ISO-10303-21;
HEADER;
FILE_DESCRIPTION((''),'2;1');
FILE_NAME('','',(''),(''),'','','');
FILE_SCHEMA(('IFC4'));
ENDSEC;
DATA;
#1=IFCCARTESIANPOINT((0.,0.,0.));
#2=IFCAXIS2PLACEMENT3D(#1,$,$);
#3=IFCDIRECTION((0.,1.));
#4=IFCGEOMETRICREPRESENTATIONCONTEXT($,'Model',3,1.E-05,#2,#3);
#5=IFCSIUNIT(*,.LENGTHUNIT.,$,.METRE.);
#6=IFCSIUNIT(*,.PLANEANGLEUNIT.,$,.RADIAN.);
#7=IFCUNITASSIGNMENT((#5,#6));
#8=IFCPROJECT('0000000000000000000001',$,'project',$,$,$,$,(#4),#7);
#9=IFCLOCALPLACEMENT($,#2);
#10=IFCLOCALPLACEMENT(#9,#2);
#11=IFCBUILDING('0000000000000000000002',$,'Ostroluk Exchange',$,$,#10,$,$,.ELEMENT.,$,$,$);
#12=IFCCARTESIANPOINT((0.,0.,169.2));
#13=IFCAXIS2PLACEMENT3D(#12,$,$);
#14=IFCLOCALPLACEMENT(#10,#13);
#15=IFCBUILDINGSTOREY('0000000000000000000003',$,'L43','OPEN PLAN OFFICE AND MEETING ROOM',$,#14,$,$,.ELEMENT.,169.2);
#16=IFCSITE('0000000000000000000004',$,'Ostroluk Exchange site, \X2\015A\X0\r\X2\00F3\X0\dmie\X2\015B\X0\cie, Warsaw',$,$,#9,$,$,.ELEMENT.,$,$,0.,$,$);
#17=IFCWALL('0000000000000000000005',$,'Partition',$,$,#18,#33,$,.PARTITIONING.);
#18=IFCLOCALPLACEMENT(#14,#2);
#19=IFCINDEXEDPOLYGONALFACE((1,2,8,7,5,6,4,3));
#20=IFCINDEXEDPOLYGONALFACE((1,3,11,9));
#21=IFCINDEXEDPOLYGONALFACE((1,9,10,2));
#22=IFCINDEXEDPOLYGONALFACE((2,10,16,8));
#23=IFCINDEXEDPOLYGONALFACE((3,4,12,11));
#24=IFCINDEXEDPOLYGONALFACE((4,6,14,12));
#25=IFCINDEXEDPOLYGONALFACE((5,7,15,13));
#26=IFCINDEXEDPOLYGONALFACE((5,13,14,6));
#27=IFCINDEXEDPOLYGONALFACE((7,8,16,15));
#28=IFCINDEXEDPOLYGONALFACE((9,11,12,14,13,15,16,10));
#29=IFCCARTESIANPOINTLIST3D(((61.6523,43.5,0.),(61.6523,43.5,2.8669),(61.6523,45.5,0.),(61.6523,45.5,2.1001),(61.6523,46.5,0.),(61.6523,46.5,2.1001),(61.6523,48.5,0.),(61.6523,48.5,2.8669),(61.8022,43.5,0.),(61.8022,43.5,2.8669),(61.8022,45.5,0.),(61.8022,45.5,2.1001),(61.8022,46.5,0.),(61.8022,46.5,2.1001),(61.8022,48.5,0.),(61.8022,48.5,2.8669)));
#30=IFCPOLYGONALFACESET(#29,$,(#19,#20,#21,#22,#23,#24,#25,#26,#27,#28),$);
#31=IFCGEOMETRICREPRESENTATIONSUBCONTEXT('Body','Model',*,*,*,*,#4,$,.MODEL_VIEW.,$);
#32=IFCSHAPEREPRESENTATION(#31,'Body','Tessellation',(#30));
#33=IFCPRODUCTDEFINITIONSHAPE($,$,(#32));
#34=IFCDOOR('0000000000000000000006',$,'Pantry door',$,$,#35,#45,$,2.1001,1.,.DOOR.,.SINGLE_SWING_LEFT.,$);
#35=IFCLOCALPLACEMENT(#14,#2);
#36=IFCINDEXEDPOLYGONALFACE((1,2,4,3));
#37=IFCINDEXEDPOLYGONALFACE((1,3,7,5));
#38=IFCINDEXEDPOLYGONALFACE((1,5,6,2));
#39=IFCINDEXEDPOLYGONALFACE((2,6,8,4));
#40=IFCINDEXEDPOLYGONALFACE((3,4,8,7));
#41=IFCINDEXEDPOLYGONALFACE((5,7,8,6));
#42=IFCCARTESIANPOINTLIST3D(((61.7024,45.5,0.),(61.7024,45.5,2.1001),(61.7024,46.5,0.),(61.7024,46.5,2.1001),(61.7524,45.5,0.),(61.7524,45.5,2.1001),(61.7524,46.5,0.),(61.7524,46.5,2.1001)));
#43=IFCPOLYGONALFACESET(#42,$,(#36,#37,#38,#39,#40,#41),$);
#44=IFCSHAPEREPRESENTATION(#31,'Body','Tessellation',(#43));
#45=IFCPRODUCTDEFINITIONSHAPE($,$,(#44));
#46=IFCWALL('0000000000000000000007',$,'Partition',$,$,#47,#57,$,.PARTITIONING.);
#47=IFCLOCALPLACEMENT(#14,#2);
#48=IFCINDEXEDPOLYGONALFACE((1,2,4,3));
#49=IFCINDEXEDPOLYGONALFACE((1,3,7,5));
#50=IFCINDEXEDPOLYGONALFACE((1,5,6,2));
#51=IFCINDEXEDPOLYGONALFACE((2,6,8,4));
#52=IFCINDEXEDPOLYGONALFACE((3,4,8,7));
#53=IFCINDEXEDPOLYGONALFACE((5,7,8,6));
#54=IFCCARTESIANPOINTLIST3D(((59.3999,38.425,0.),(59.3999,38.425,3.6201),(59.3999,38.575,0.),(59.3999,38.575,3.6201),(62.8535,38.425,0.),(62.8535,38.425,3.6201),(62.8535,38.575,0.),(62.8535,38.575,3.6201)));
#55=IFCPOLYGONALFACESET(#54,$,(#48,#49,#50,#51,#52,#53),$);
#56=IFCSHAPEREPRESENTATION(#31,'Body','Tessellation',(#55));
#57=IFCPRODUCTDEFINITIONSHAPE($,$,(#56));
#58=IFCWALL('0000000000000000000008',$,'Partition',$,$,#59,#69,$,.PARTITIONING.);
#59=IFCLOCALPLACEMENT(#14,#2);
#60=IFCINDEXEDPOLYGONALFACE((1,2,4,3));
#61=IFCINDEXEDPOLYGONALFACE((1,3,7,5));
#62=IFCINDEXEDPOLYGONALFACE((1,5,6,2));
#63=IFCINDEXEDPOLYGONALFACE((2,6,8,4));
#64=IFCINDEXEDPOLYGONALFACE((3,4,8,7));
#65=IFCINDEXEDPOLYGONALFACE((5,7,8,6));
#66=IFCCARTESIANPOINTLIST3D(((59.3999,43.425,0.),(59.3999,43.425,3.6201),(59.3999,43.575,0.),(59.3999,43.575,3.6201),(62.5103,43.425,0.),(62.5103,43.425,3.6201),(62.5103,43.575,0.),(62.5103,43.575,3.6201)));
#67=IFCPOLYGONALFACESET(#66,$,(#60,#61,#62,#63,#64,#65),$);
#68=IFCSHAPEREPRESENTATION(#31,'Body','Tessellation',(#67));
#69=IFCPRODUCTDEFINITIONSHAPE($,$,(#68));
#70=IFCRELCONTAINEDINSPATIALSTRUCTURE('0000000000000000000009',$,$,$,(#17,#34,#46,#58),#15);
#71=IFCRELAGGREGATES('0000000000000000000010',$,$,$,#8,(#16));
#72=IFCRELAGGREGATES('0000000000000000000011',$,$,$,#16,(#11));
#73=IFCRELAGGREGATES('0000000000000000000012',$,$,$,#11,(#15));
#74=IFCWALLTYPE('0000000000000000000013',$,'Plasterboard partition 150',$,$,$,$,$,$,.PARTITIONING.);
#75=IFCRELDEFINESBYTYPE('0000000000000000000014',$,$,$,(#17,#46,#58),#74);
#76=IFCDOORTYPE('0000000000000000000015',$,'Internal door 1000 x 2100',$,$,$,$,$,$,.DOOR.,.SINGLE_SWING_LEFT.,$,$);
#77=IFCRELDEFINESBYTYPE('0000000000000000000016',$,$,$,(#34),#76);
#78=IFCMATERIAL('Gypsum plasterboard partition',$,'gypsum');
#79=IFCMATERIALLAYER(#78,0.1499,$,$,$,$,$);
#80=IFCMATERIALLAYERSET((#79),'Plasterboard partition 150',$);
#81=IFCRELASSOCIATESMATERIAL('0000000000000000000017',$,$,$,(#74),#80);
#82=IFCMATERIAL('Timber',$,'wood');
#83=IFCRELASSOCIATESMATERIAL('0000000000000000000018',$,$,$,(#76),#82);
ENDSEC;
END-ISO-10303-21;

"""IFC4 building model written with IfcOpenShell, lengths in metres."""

from ifc_helpers import new_model, si_unit, direction, frame, frame_2d, origin, place, context, subcontext, project, spatial, rectangle, extrude, material, layer, layer_set, type_object, element, fill, save


model = new_model("IFC4")

# Units and contexts
model_context = context("Model", 3, precision=1e-05, world=origin(), true_north=direction((0.0, 1.0)))
body_context = subcontext(model_context, "Body", "Model", "MODEL_VIEW")
ifc_project = project(units=[si_unit("LENGTHUNIT", "METRE"), si_unit("PLANEANGLEUNIT", "RADIAN")], contexts=[model_context])

# Site, building, storey
site_placement = place(None, origin())
site = spatial("IfcSite", under=ifc_project, at=site_placement, Name="Ostroluk Exchange site, Śródmieście, Warsaw", CompositionType="ELEMENT", RefElevation=0.0)
building_placement = place(site_placement, origin())
building = spatial("IfcBuilding", under=site, at=building_placement, Name="Ostroluk Exchange", CompositionType="ELEMENT")
storey_placement = place(building_placement, frame((0.0, 0.0, 169.2)))
storey = spatial("IfcBuildingStorey", under=building, at=storey_placement, Name="L43", Description="OPEN PLAN OFFICE AND MEETING ROOM", CompositionType="ELEMENT", Elevation=169.2)

# Shared definitions
ifc_material_1 = material(Name="Gypsum plasterboard partition", Category="gypsum")
ifc_layer_1 = layer(ifc_material_1, 0.1499)
ifc_layer_set_1 = layer_set([ifc_layer_1], Name="Plasterboard partition 150")
wall_type = type_object("IfcWallType", Name="Plasterboard partition 150", PredefinedType="PARTITIONING", material=ifc_layer_set_1)

# Wall, opening, door
ifc_material_2 = material(Name="Timber", Category="wood")
door_type_1 = type_object("IfcDoorType", Name="Internal door 1000 x 2100", OperationType="SINGLE_SWING_LEFT", PredefinedType="DOOR", material=ifc_material_2)
wall_1_placement = place(storey_placement, frame((61.7273, 43.5, 0.0), z_axis=(0.0, 0.0, 1.0), x_axis=(0.0, 1.0, 0.0)))
wall_1 = element("IfcWall", 1, at=wall_1_placement, inside=storey, type_object=wall_type, Name="Partition", PredefinedType="PARTITIONING", context=body_context, shape_type="SweptSolid", body=[
    extrude(rectangle(XDim=5.0, YDim=0.1499, at=frame_2d((2.5, 0.0))), origin(), (0.0, 0.0, 1.0), 2.8669),
])
opening_1_placement = place(wall_1_placement, frame((2.0, 0.0, 0.0)))
opening_1 = element("IfcOpeningElement", 2, at=opening_1_placement, cuts=wall_1, PredefinedType="OPENING", context=body_context, shape_type="SweptSolid", body=[
    extrude(rectangle(XDim=1.0, YDim=2.1001, at=frame_2d((0.5, 1.05))), frame((0.0, 0.085, 0.0), z_axis=(0.0, -1.0, 0.0), x_axis=(1.0, 0.0, 0.0)), (0.0, 0.0, 1.0), 0.1699),
])
door_1_placement = place(opening_1_placement, origin())
door_1 = element("IfcDoor", 3, at=door_1_placement, inside=storey, type_object=door_type_1, Name="Pantry door", OperationType="SINGLE_SWING_LEFT", OverallHeight=2.1001, OverallWidth=1.0, PredefinedType="DOOR", context=body_context, shape_type="SweptSolid", body=[
    extrude(rectangle(XDim=1.0, YDim=2.1001, at=frame_2d((0.5, 1.05))), frame((0.0, 0.0249, 0.0), z_axis=(0.0, -1.0, 0.0), x_axis=(1.0, 0.0, 0.0)), (0.0, 0.0, 1.0), 0.05),
])
fill(opening_1, door_1)

# Walls
wall_2_placement = place(storey_placement, frame((59.3999, 38.5, 0.0), z_axis=(0.0, 0.0, 1.0), x_axis=(1.0, 0.0, 0.0)))
element("IfcWall", 4, at=wall_2_placement, inside=storey, type_object=wall_type, Name="Partition", PredefinedType="PARTITIONING", context=body_context, shape_type="SweptSolid", body=[
    extrude(rectangle(XDim=3.4536, YDim=0.1499, at=frame_2d((1.7268, 0.0))), origin(), (0.0, 0.0, 1.0), 3.6201),
])
wall_3_placement = place(storey_placement, frame((59.3999, 43.5, 0.0), z_axis=(0.0, 0.0, 1.0), x_axis=(1.0, 0.0, 0.0)))
element("IfcWall", 5, at=wall_3_placement, inside=storey, type_object=wall_type, Name="Partition", PredefinedType="PARTITIONING", context=body_context, shape_type="SweptSolid", body=[
    extrude(rectangle(XDim=3.1104, YDim=0.1499, at=frame_2d((1.5552, 0.0))), origin(), (0.0, 0.0, 1.0), 3.6201),
])

save(model, "model.ifc")
